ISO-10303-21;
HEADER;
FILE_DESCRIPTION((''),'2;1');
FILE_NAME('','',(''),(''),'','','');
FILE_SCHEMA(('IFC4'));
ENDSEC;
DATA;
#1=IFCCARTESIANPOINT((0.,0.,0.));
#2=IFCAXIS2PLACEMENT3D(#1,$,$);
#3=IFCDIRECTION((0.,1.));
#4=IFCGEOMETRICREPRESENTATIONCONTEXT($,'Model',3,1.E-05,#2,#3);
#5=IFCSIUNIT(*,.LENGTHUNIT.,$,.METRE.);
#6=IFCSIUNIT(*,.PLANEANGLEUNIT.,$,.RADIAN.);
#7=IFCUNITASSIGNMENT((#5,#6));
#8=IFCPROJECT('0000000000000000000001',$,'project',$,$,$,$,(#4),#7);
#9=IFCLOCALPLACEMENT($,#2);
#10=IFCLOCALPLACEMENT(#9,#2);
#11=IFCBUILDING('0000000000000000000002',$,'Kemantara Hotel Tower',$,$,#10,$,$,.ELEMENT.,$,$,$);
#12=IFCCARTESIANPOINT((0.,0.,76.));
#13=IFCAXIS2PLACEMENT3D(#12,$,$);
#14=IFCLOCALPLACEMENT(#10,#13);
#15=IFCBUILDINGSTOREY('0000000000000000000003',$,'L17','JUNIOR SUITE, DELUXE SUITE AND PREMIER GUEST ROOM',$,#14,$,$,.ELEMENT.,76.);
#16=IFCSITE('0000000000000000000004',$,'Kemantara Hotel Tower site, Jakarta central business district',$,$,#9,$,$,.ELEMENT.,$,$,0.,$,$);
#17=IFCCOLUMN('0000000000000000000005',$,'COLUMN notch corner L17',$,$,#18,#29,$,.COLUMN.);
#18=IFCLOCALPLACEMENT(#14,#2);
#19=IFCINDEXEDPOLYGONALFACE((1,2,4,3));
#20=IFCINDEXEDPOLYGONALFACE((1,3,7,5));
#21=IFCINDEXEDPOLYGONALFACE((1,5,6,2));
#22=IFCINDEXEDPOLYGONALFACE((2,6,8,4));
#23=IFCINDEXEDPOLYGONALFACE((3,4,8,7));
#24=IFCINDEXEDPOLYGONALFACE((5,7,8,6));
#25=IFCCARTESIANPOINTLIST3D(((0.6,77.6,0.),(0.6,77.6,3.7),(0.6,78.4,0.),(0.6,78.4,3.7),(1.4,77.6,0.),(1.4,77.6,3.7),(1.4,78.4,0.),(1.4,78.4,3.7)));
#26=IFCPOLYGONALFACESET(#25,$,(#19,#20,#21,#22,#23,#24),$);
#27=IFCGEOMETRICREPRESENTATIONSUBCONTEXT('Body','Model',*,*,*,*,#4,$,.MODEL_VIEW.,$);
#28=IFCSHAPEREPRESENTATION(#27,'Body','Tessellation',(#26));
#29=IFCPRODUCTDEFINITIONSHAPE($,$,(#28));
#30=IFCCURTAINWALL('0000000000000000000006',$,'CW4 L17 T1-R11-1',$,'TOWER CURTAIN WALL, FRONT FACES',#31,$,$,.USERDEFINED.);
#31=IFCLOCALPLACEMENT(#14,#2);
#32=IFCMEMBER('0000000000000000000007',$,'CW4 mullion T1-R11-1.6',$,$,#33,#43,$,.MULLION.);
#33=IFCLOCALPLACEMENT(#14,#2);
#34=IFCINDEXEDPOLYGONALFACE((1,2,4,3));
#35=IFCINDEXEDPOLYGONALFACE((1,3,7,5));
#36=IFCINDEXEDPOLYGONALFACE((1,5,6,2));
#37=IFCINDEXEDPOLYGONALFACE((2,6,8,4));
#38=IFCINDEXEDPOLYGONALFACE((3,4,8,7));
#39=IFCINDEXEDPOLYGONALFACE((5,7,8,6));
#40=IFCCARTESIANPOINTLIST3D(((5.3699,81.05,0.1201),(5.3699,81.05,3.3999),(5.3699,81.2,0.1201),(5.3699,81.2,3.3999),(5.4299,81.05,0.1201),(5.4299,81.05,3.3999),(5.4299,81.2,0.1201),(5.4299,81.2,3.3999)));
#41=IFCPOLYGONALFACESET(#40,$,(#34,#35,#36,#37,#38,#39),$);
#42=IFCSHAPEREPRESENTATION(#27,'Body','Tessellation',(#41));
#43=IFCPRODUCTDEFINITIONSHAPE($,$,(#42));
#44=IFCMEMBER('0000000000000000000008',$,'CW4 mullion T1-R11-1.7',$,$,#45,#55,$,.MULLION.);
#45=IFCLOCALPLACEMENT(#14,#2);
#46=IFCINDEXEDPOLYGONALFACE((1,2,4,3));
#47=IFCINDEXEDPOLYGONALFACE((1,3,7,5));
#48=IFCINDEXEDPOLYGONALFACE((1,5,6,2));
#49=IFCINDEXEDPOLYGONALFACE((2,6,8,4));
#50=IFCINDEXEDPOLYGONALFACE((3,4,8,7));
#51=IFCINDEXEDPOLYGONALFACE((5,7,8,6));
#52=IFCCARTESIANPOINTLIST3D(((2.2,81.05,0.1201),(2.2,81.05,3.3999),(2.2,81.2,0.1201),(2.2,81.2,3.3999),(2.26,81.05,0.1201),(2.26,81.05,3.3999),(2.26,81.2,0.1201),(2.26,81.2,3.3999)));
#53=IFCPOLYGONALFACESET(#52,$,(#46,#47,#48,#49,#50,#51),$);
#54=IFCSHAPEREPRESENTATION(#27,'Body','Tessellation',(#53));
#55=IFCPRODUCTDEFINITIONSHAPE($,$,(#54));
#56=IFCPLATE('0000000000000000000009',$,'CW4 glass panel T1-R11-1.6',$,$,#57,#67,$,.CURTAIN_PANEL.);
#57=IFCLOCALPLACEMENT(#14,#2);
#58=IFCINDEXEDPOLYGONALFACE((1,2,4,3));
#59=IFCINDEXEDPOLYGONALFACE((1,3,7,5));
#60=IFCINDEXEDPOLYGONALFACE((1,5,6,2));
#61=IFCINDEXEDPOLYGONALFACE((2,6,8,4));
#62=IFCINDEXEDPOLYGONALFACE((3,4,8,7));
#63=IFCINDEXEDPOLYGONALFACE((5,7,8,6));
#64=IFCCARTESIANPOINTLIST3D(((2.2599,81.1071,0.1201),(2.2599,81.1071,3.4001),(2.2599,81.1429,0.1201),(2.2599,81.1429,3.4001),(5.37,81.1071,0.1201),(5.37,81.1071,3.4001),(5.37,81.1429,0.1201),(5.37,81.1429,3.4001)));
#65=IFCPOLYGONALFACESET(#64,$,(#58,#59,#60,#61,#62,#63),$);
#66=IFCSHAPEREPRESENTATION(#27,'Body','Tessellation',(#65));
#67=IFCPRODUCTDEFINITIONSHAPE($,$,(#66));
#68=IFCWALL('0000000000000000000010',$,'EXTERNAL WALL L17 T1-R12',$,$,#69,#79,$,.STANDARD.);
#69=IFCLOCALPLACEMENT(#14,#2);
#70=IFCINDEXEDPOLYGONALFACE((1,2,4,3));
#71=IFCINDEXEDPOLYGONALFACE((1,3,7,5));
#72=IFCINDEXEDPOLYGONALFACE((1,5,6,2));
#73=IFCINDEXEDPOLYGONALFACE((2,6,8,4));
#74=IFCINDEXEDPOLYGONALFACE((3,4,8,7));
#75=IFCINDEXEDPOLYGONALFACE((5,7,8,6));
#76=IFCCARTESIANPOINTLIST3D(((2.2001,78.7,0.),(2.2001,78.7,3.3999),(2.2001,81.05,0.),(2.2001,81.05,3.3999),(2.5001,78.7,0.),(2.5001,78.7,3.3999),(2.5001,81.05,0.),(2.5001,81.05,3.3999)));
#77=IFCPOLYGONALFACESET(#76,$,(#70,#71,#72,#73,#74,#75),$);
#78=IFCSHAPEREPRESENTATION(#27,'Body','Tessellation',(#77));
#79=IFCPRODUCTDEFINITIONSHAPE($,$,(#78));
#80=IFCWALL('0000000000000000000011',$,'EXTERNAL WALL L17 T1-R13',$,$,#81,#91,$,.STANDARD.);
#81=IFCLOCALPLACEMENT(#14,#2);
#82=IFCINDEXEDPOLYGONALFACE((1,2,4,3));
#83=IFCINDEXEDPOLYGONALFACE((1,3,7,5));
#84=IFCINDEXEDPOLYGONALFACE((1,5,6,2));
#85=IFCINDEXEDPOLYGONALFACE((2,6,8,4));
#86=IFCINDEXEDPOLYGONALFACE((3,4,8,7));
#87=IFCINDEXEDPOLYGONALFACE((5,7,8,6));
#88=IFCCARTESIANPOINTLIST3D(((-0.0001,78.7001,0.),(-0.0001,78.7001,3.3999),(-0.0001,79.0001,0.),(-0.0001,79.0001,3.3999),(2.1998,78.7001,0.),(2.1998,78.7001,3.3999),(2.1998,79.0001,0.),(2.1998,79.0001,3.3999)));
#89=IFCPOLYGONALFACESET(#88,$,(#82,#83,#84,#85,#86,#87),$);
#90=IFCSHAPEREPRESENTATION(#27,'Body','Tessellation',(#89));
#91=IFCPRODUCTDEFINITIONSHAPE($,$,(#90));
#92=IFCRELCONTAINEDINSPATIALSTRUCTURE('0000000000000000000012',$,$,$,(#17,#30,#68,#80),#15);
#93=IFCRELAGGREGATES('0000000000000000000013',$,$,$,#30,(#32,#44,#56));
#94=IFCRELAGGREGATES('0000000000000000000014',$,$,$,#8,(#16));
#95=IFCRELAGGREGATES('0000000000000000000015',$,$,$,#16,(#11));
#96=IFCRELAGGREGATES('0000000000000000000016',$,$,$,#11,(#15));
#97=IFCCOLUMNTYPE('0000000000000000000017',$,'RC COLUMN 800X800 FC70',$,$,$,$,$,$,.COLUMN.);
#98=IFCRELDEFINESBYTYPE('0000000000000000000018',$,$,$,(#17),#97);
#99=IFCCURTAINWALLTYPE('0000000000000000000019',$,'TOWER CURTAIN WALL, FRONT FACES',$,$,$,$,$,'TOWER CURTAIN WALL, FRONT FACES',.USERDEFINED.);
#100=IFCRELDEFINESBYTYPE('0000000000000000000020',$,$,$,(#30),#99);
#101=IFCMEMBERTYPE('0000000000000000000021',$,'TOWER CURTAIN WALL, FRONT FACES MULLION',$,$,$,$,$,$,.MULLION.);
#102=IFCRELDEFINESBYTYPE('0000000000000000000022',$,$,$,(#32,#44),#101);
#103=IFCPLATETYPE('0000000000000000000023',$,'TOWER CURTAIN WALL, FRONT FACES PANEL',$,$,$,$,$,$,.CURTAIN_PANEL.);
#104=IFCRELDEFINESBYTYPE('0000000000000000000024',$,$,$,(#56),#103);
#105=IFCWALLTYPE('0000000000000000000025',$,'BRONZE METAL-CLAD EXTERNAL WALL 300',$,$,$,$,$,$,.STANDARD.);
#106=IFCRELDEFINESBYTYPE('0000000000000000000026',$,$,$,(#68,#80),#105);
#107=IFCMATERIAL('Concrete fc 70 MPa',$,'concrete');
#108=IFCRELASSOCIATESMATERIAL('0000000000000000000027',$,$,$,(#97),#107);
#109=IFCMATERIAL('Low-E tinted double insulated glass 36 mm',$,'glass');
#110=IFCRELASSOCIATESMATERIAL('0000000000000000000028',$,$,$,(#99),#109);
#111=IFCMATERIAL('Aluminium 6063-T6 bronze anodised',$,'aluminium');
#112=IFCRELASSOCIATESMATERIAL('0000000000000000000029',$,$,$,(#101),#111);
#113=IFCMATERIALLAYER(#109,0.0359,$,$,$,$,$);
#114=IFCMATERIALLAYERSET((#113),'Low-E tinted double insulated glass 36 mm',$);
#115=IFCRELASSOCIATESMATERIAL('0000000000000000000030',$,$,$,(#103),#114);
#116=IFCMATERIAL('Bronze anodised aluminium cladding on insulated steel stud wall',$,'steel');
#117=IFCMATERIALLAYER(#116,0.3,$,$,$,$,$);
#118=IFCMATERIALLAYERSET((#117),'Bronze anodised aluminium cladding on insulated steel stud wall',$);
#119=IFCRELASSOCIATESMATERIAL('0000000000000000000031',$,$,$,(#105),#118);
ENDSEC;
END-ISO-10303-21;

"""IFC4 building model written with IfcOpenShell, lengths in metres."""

from ifc_helpers import new_model, si_unit, direction, frame, frame_2d, origin, origin_2d, place, context, subcontext, project, spatial, rectangle, extrude, source, transform, mapped, material, layer, layer_set, material_profile, profile_set, type_object, element, aggregate, save


model = new_model("IFC4")

# Units and contexts
model_context = context("Model", 3, precision=1e-05, world=origin(), true_north=direction((0.0, 1.0)))
body_context = subcontext(model_context, "Body", "Model", "MODEL_VIEW")
ifc_project = project(units=[si_unit("LENGTHUNIT", "METRE"), si_unit("PLANEANGLEUNIT", "RADIAN")], contexts=[model_context])

# Site, building, storey
site_placement = place(None, origin())
site = spatial("IfcSite", under=ifc_project, at=site_placement, Name="Kemantara Hotel Tower site, Jakarta central business district", CompositionType="ELEMENT", RefElevation=0.0)
building_placement = place(site_placement, origin())
building = spatial("IfcBuilding", under=site, at=building_placement, Name="Kemantara Hotel Tower", CompositionType="ELEMENT")
storey_placement = place(building_placement, frame((0.0, 0.0, 76.0)))
storey = spatial("IfcBuildingStorey", under=building, at=storey_placement, Name="L17", Description="JUNIOR SUITE, DELUXE SUITE AND PREMIER GUEST ROOM", CompositionType="ELEMENT", Elevation=76.0)

# Column
ifc_material_1 = material(Name="Concrete fc 70 MPa", Category="concrete")
ifc_material_profile_1 = material_profile(ifc_material_1, rectangle(XDim=0.8, YDim=0.8, at=origin_2d()), Name="RC 800X800")
ifc_profile_set_1 = profile_set([ifc_material_profile_1], Name="Concrete fc 70 MPa")
column_type = type_object("IfcColumnType", Name="RC COLUMN 800X800 FC70", PredefinedType="COLUMN", material=ifc_profile_set_1)
column_placement = place(storey_placement, frame((1.0, 78.0, 0.0), z_axis=(0.0, 0.0, 1.0), x_axis=(1.0, 0.0, 0.0)))
element("IfcColumn", 1, at=column_placement, inside=storey, type_object=column_type, Name="COLUMN notch corner L17", PredefinedType="COLUMN", context=body_context, shape_type="SweptSolid", body=[
    extrude(rectangle(XDim=0.8, YDim=0.8, at=origin_2d()), origin(), (0.0, 0.0, 1.0), 3.7),
])

# Curtain wall, members, plate
ifc_material_2 = material(Name="Low-E tinted double insulated glass 36 mm", Category="glass")
curtain_wall_type = type_object("IfcCurtainWallType", Name="TOWER CURTAIN WALL, FRONT FACES", ElementType="TOWER CURTAIN WALL, FRONT FACES", PredefinedType="USERDEFINED", material=ifc_material_2)
curtain_wall_placement = place(storey_placement, origin())
curtain_wall = element("IfcCurtainWall", 2, at=curtain_wall_placement, inside=storey, type_object=curtain_wall_type, Name="CW4 L17 T1-R11-1", ObjectType="TOWER CURTAIN WALL, FRONT FACES", PredefinedType="USERDEFINED")
ifc_material_3 = material(Name="Aluminium 6063-T6 bronze anodised", Category="aluminium")
ifc_material_profile_2 = material_profile(ifc_material_3, rectangle(XDim=0.1499, YDim=0.0601, at=origin_2d()), Name="TOWER CURTAIN WALL, FRONT FACES MULLION")
ifc_profile_set_2 = profile_set([ifc_material_profile_2], Name="Aluminium 6063-T6 bronze anodised")
member_type = type_object("IfcMemberType", Name="TOWER CURTAIN WALL, FRONT FACES MULLION", PredefinedType="MULLION", material=ifc_profile_set_2)
shared_shape_1 = source(origin(), body_context, "Body", "SweptSolid", [
    extrude(rectangle(XDim=0.1499, YDim=0.0601, at=origin_2d()), origin(), (0.0, 0.0, 1.0), 3.2798),
])
member_1_placement = place(storey_placement, frame((5.3999, 81.125, 0.1201), z_axis=(0.0, 0.0, 1.0), x_axis=(0.0, -1.0, 0.0)))
member_1 = element("IfcMember", 3, at=member_1_placement, type_object=member_type, Name="CW4 mullion T1-R11-1.6", PredefinedType="MULLION", context=body_context, shape_type="MappedRepresentation", body=[
    mapped(shared_shape_1, transform((0.0, 0.0, 0.0))),
])
member_2_placement = place(storey_placement, frame((2.23, 81.125, 0.1201), z_axis=(0.0, 0.0, 1.0), x_axis=(0.0, -1.0, 0.0)))
member_2 = element("IfcMember", 4, at=member_2_placement, type_object=member_type, Name="CW4 mullion T1-R11-1.7", PredefinedType="MULLION", context=body_context, shape_type="MappedRepresentation", body=[
    mapped(shared_shape_1, transform((0.0, 0.0, 0.0))),
])
ifc_layer_1 = layer(ifc_material_2, 0.0359)
ifc_layer_set_1 = layer_set([ifc_layer_1], Name="Low-E tinted double insulated glass 36 mm")
plate_type = type_object("IfcPlateType", Name="TOWER CURTAIN WALL, FRONT FACES PANEL", PredefinedType="CURTAIN_PANEL", material=ifc_layer_set_1)
shared_shape_2 = source(origin(), body_context, "Body", "SweptSolid", [
    extrude(rectangle(XDim=3.1101, YDim=0.0359, at=origin_2d()), origin(), (0.0, 0.0, 1.0), 3.28),
])
plate_placement = place(storey_placement, frame((3.8149, 81.125, 0.1201), z_axis=(0.0, 0.0, 1.0), x_axis=(-1.0, 0.0, 0.0)))
plate = element("IfcPlate", 5, at=plate_placement, type_object=plate_type, Name="CW4 glass panel T1-R11-1.6", PredefinedType="CURTAIN_PANEL", context=body_context, shape_type="MappedRepresentation", body=[
    mapped(shared_shape_2, transform((0.0, 0.0, 0.0))),
])
aggregate(curtain_wall, [member_1, member_2, plate])

# Walls
ifc_material_4 = material(Name="Bronze anodised aluminium cladding on insulated steel stud wall", Category="steel")
ifc_layer_2 = layer(ifc_material_4, 0.3)
ifc_layer_set_2 = layer_set([ifc_layer_2], Name="Bronze anodised aluminium cladding on insulated steel stud wall")
wall_type = type_object("IfcWallType", Name="BRONZE METAL-CLAD EXTERNAL WALL 300", PredefinedType="STANDARD", material=ifc_layer_set_2)
wall_1_placement = place(storey_placement, frame((2.3501, 81.05, 0.0), z_axis=(0.0, 0.0, 1.0), x_axis=(0.0, -1.0, 0.0)))
element("IfcWall", 6, at=wall_1_placement, inside=storey, type_object=wall_type, Name="EXTERNAL WALL L17 T1-R12", PredefinedType="STANDARD", context=body_context, shape_type="SweptSolid", body=[
    extrude(rectangle(XDim=2.3501, YDim=0.3, at=frame_2d((1.175, 0.0))), origin(), (0.0, 0.0, 1.0), 3.3999),
])
wall_2_placement = place(storey_placement, frame((2.2, 78.8501, 0.0), z_axis=(0.0, 0.0, 1.0), x_axis=(-1.0, 0.0, 0.0)))
element("IfcWall", 7, at=wall_2_placement, inside=storey, type_object=wall_type, Name="EXTERNAL WALL L17 T1-R13", PredefinedType="STANDARD", context=body_context, shape_type="SweptSolid", body=[
    extrude(rectangle(XDim=2.2, YDim=0.3, at=frame_2d((1.1001, 0.0))), origin(), (0.0, 0.0, 1.0), 3.3999),
])

save(model, "model.ifc")
